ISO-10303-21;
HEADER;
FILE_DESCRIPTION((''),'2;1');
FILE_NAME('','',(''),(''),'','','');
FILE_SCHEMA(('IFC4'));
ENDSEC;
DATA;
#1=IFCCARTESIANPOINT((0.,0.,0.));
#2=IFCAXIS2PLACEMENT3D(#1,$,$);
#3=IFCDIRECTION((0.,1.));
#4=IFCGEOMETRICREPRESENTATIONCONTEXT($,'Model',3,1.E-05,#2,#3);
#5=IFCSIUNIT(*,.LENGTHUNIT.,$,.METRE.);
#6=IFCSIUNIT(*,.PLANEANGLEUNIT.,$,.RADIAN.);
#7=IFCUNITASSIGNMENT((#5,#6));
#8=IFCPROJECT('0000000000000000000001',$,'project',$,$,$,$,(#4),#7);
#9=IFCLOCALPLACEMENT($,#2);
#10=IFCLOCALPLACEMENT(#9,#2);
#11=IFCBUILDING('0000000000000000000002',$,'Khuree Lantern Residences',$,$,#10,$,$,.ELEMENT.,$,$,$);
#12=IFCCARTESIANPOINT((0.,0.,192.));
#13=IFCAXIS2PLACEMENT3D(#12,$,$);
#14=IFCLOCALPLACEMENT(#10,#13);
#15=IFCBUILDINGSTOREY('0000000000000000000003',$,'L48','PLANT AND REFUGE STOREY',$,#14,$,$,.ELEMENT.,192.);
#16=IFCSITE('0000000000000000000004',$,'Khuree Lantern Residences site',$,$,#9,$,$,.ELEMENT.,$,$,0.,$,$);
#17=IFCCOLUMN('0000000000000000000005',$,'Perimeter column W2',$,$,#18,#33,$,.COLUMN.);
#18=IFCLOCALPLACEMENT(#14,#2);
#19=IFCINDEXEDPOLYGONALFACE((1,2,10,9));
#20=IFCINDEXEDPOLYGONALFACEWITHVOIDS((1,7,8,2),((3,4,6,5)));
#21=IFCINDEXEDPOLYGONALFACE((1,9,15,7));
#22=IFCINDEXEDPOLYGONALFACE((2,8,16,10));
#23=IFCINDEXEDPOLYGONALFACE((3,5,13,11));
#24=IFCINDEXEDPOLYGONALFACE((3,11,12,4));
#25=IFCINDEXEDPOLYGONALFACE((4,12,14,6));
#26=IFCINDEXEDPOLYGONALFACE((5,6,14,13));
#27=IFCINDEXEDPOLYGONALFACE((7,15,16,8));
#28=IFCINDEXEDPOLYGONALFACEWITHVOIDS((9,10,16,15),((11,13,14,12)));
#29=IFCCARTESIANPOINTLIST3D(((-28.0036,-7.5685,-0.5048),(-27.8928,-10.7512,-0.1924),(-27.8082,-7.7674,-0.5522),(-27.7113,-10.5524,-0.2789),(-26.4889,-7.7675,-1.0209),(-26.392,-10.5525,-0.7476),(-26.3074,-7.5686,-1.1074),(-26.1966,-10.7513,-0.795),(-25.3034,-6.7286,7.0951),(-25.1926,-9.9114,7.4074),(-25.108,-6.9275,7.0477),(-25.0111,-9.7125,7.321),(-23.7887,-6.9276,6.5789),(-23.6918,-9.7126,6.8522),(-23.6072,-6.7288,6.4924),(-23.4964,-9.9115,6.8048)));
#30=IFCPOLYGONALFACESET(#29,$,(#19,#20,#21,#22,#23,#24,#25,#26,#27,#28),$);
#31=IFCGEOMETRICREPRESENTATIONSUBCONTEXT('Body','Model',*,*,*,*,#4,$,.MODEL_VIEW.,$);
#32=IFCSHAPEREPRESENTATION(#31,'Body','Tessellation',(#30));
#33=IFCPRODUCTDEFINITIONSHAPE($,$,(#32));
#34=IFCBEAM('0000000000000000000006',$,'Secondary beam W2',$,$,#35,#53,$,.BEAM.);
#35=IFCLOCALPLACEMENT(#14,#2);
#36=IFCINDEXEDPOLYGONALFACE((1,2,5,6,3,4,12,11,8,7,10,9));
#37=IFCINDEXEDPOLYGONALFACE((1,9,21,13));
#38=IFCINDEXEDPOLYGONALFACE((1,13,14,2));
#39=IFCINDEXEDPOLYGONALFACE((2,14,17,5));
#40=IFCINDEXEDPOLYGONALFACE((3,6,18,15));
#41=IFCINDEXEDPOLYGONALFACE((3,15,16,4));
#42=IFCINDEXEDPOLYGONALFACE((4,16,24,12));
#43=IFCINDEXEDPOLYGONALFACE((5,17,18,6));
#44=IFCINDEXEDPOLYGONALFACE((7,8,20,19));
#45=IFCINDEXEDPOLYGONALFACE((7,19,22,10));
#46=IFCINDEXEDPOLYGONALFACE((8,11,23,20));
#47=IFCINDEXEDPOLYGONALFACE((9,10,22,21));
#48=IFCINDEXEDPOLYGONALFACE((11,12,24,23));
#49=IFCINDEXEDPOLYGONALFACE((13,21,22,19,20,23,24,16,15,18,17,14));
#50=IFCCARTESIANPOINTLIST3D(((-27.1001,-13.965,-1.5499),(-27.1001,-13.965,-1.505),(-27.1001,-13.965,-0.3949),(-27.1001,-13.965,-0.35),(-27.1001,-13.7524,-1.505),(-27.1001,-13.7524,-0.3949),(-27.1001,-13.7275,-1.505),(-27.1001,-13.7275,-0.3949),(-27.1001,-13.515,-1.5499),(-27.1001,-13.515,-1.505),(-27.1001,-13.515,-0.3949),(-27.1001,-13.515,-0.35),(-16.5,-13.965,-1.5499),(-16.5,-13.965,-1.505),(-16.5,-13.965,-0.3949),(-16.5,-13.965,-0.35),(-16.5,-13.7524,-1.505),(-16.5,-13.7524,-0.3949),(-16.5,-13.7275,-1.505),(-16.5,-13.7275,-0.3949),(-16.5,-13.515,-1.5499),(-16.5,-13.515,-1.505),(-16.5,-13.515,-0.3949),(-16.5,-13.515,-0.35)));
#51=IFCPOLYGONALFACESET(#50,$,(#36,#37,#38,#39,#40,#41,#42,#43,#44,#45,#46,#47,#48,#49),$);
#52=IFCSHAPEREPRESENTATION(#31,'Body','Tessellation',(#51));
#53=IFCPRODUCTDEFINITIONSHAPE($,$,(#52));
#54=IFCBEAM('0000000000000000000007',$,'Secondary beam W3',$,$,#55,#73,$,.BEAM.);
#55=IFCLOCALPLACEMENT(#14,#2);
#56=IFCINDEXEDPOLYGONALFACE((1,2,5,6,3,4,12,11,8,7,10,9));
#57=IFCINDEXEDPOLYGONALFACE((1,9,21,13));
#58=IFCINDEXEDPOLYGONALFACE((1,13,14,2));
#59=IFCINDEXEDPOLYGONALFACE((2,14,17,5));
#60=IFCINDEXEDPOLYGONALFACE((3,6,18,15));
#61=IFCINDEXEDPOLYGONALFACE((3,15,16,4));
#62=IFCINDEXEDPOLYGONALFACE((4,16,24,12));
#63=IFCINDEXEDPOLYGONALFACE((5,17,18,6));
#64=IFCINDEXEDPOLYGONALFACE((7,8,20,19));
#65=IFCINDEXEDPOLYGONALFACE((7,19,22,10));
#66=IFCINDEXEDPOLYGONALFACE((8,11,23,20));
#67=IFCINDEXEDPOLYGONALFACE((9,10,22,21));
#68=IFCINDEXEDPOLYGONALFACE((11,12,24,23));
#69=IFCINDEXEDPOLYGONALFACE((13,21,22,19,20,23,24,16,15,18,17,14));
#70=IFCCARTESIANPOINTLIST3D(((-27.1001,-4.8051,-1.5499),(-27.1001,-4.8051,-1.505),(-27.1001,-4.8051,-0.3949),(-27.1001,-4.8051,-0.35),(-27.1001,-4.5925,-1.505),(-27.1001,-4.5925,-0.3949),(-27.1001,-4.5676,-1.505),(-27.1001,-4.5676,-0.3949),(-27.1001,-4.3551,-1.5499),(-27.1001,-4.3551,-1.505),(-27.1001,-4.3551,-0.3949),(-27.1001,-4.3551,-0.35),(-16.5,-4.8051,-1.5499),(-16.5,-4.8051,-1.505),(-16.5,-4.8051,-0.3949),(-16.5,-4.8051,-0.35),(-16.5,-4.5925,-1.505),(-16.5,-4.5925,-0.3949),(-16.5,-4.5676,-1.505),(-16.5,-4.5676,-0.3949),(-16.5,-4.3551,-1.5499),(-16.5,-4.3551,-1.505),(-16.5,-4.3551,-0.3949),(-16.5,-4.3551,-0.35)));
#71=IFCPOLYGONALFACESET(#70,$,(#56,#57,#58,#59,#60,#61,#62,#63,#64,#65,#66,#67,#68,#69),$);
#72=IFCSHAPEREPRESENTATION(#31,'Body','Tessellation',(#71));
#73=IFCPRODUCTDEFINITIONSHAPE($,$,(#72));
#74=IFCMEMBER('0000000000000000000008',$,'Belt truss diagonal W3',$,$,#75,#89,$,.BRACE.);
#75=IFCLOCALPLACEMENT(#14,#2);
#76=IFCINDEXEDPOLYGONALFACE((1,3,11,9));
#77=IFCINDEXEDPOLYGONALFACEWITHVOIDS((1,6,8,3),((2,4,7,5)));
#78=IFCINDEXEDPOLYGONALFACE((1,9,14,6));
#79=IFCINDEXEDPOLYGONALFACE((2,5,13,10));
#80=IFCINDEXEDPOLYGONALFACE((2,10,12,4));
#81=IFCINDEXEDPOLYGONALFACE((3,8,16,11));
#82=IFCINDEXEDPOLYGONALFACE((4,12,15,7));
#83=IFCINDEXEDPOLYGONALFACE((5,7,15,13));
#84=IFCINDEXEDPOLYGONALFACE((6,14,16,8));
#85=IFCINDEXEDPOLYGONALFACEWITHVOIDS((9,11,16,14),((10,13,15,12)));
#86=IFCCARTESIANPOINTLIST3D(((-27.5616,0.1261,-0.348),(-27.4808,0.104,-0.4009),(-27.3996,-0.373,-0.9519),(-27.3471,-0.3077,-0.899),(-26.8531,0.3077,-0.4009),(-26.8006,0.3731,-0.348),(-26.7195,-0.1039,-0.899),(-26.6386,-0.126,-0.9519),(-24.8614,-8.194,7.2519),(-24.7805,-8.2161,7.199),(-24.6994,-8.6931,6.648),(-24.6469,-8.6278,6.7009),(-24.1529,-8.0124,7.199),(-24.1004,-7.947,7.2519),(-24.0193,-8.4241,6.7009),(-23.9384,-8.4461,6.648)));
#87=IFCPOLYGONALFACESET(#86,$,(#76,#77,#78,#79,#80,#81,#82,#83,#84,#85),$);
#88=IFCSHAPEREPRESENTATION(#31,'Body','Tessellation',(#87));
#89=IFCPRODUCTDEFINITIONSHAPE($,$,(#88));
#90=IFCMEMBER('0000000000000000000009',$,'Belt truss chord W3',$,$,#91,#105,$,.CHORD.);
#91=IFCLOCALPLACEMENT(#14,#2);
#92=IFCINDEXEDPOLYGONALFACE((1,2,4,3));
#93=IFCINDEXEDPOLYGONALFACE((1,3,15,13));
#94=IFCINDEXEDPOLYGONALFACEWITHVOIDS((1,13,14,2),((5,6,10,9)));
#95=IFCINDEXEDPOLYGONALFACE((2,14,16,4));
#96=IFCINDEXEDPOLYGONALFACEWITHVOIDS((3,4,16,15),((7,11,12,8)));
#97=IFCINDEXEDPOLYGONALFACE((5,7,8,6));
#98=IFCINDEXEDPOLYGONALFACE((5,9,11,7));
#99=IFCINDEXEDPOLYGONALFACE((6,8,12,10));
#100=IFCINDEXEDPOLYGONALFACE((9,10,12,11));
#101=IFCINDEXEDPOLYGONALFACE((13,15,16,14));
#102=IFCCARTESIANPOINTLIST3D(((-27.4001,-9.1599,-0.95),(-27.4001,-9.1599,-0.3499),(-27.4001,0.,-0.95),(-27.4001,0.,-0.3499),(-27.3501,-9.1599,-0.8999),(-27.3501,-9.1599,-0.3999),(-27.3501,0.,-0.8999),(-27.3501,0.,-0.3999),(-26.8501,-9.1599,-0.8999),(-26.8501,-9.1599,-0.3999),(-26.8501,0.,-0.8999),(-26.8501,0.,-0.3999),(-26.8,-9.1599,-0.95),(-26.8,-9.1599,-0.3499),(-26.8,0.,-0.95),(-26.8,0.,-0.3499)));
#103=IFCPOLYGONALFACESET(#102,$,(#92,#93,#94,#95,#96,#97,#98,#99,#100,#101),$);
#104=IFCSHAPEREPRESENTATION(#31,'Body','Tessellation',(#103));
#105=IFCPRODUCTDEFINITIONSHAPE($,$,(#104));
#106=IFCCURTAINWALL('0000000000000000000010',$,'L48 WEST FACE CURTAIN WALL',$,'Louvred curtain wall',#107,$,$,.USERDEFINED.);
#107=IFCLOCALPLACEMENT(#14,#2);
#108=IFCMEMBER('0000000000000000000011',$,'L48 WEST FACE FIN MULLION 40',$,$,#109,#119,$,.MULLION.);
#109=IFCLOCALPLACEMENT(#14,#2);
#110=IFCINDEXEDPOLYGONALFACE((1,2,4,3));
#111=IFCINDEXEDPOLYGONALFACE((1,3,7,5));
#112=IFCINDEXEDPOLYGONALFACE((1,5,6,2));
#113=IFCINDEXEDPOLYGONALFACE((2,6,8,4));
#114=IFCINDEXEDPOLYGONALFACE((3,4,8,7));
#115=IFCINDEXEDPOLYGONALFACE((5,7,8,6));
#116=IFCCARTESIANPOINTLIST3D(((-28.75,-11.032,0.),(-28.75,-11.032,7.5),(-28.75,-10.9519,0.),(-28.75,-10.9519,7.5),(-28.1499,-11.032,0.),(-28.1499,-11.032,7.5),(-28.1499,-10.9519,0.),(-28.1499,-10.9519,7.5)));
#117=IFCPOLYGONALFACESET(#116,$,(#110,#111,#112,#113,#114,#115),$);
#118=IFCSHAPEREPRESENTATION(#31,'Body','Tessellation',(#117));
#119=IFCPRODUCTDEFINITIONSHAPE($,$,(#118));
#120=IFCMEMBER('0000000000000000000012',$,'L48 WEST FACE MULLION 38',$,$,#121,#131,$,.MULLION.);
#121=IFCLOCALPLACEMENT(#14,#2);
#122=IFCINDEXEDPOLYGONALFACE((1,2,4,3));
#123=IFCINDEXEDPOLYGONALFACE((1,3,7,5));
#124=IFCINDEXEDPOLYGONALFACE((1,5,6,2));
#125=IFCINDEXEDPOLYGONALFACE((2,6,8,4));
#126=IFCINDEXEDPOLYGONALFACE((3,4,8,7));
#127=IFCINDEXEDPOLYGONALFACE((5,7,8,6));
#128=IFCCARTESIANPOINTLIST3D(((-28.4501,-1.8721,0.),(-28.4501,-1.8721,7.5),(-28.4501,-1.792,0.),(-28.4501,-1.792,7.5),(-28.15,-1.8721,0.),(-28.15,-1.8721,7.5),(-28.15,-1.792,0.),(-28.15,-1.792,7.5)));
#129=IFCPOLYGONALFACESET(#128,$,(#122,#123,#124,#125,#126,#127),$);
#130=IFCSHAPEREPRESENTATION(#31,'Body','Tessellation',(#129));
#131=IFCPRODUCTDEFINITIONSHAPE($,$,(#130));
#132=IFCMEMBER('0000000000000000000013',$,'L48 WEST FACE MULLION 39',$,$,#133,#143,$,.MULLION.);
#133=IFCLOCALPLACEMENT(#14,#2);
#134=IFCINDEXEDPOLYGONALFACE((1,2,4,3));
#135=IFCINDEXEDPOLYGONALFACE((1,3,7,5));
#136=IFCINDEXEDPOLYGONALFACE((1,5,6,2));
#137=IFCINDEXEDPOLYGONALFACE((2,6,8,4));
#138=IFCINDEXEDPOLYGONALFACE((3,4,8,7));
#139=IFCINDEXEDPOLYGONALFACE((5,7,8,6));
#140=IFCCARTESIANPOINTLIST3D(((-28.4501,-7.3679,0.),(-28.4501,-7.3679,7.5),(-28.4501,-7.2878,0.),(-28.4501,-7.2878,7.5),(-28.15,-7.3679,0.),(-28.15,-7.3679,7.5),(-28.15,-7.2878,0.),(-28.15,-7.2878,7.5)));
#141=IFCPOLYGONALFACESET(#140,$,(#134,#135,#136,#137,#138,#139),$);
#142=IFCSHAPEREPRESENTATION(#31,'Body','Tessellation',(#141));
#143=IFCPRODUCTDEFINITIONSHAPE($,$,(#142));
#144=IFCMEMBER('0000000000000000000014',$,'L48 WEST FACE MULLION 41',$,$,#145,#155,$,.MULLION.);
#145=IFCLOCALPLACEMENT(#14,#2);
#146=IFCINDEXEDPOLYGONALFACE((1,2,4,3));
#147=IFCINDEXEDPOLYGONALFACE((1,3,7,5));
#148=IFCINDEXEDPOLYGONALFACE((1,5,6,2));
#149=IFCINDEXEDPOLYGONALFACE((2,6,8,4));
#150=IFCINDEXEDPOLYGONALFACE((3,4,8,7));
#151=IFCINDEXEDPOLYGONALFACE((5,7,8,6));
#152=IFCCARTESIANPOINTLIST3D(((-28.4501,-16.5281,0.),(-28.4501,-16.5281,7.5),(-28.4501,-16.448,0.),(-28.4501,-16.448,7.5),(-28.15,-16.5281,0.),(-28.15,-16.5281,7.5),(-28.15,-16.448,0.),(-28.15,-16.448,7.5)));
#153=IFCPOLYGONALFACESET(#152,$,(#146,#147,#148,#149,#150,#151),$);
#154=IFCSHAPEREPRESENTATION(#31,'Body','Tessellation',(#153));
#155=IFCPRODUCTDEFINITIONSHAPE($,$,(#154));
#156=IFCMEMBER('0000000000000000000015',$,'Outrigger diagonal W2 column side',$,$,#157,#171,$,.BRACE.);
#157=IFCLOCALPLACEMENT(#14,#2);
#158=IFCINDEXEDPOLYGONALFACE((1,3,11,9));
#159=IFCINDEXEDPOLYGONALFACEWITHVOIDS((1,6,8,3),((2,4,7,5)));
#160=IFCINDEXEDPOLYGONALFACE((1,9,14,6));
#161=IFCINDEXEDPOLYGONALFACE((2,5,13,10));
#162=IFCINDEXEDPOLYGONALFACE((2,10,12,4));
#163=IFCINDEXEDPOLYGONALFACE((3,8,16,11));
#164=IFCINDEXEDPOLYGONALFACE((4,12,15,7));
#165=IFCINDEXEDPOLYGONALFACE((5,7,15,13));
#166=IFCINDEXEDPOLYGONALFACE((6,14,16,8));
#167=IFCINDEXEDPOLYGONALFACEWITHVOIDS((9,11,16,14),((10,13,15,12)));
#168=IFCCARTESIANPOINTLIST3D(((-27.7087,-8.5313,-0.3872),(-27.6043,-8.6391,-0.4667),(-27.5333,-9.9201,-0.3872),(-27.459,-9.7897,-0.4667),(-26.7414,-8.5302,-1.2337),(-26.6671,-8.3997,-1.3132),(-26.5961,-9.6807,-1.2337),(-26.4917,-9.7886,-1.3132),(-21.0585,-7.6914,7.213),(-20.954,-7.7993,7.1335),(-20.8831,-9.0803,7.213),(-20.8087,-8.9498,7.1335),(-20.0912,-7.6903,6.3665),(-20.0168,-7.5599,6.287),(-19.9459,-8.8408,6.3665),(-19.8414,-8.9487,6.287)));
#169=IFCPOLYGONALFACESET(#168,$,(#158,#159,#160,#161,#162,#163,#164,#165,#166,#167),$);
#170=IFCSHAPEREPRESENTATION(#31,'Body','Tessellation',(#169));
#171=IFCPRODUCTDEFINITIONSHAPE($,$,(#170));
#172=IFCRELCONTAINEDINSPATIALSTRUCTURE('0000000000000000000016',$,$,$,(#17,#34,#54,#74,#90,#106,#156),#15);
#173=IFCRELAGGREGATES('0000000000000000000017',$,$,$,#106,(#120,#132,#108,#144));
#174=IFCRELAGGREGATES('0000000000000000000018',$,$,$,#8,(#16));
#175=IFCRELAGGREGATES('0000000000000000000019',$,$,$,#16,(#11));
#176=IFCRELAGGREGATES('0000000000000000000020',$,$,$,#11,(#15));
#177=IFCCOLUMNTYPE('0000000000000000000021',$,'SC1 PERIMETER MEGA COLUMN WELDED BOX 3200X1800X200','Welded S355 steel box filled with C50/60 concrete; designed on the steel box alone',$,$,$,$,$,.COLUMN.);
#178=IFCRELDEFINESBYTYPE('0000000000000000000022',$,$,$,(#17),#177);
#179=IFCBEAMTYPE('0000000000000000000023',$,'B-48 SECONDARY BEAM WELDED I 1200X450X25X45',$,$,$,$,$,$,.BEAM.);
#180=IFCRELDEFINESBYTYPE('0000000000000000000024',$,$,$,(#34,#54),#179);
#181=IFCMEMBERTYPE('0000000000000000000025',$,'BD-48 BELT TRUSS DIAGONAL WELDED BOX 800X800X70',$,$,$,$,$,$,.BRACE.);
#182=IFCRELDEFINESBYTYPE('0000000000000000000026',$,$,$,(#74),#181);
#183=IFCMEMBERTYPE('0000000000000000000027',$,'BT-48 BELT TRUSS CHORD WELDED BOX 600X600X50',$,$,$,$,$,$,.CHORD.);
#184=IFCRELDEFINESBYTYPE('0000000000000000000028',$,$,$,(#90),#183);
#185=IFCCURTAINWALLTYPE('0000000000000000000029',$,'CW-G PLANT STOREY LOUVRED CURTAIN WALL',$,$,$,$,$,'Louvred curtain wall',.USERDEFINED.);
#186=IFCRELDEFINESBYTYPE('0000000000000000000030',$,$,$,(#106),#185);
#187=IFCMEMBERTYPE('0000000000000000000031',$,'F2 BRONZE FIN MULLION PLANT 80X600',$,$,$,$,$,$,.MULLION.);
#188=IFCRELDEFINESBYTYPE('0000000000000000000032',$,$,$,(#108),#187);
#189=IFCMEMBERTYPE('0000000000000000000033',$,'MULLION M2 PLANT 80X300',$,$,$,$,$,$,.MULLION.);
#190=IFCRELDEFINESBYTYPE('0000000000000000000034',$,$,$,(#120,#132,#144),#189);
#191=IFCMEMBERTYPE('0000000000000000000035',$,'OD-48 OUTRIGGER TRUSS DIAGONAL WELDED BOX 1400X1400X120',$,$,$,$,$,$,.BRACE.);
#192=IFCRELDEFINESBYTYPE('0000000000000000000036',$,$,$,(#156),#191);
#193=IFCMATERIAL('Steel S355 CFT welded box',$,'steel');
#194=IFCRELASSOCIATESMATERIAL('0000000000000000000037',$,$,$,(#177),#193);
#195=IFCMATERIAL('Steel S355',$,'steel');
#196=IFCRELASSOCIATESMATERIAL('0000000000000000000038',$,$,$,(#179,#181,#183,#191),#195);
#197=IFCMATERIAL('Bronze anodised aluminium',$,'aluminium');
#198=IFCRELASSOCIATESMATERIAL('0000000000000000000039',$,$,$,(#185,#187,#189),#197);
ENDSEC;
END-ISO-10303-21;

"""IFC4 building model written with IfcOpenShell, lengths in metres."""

from ifc_helpers import new_model, si_unit, direction, frame, origin, origin_2d, place, context, subcontext, project, spatial, rectangle, hollow_rectangle, i_section, extrude, material, material_profile, profile_set, type_object, element, aggregate, save


model = new_model("IFC4")

# Units and contexts
model_context = context("Model", 3, precision=1e-05, world=origin(), true_north=direction((0.0, 1.0)))
body_context = subcontext(model_context, "Body", "Model", "MODEL_VIEW")
ifc_project = project(units=[si_unit("LENGTHUNIT", "METRE"), si_unit("PLANEANGLEUNIT", "RADIAN")], contexts=[model_context])

# Site, building, storey
site_placement = place(None, origin())
site = spatial("IfcSite", under=ifc_project, at=site_placement, Name="Khuree Lantern Residences site", CompositionType="ELEMENT", RefElevation=0.0)
building_placement = place(site_placement, origin())
building = spatial("IfcBuilding", under=site, at=building_placement, Name="Khuree Lantern Residences", CompositionType="ELEMENT")
storey_placement = place(building_placement, frame((0.0, 0.0, 192.0)))
storey = spatial("IfcBuildingStorey", under=building, at=storey_placement, Name="L48", Description="PLANT AND REFUGE STOREY", CompositionType="ELEMENT", Elevation=192.0)

# Column
ifc_material_1 = material(Name="Steel S355 CFT welded box", Category="steel")
ifc_material_profile_1 = material_profile(ifc_material_1, hollow_rectangle(XDim=3.2, YDim=1.8, WallThickness=0.2, at=origin_2d()), Name="WELDED BOX 3200X1800X200")
ifc_profile_set_1 = profile_set([ifc_material_profile_1], Name="Steel S355 CFT welded box")
column_type = type_object("IfcColumnType", Name="SC1 PERIMETER MEGA COLUMN WELDED BOX 3200X1800X200", Description="Welded S355 steel box filled with C50/60 concrete; designed on the steel box alone", PredefinedType="COLUMN", material=ifc_profile_set_1)
column_placement = place(storey_placement, frame((-27.1001, -9.1599, -0.6499), z_axis=(0.332992, 0.103571, 0.937224), x_axis=(-0.034607, 0.994622, -0.097618)))
element("IfcColumn", 1, at=column_placement, inside=storey, type_object=column_type, Name="Perimeter column W2", PredefinedType="COLUMN", context=body_context, shape_type="SweptSolid", body=[
    extrude(hollow_rectangle(XDim=3.2, YDim=1.8, WallThickness=0.2, at=origin_2d()), origin(), (0.0, 0.0, 1.0), 8.1089),
])

# Beams
ifc_material_2 = material(Name="Steel S355", Category="steel")
ifc_material_profile_2 = material_profile(ifc_material_2, i_section(OverallWidth=0.45, OverallDepth=1.2, WebThickness=0.0249, FlangeThickness=0.0449, at=origin_2d()), Name="WELDED I 1200X450X25X45")
ifc_profile_set_2 = profile_set([ifc_material_profile_2], Name="Steel S355")
beam_type = type_object("IfcBeamType", Name="B-48 SECONDARY BEAM WELDED I 1200X450X25X45", PredefinedType="BEAM", material=ifc_profile_set_2)
for number, where, z_axis, x_axis, name in (
    (2, (-27.1001, -13.74, -0.95), (1.0, 0.0, 0.0), (0.0, 1.0, 0.0), "Secondary beam W2"),
    (3, (-27.1001, -4.5801, -0.95), (1.0, 0.0, 0.0), (0.0, 1.0, 0.0), "Secondary beam W3"),
):
    element("IfcBeam", number, at=place(storey_placement, frame(where, z_axis=z_axis, x_axis=x_axis)), inside=storey, type_object=beam_type, Name=name, PredefinedType="BEAM", context=body_context, shape_type="SweptSolid", body=[
        extrude(i_section(OverallWidth=0.45, OverallDepth=1.2, WebThickness=0.0249, FlangeThickness=0.0449, at=origin_2d()), origin(), (0.0, 0.0, 1.0), 10.6001),
    ])

# Members
ifc_material_profile_3 = material_profile(ifc_material_2, hollow_rectangle(XDim=0.8, YDim=0.8, WallThickness=0.0701, at=origin_2d()), Name="WELDED BOX 800X800X70")
ifc_profile_set_3 = profile_set([ifc_material_profile_3], Name="Steel S355")
member_type_1 = type_object("IfcMemberType", Name="BD-48 BELT TRUSS DIAGONAL WELDED BOX 800X800X70", PredefinedType="BRACE", material=ifc_profile_set_3)
member_1_placement = place(storey_placement, frame((-24.3999, -8.3201, 6.95), z_axis=(-0.233025, 0.718015, -0.655861), x_axis=(-0.951163, -0.30869, 0.0)))
element("IfcMember", 4, at=member_1_placement, inside=storey, type_object=member_type_1, Name="Belt truss diagonal W3", PredefinedType="BRACE", context=body_context, shape_type="SweptSolid", body=[
    extrude(hollow_rectangle(XDim=0.8, YDim=0.8, WallThickness=0.0701, at=origin_2d()), origin(), (0.0, 0.0, 1.0), 11.5876),
])
ifc_material_profile_4 = material_profile(ifc_material_2, hollow_rectangle(XDim=0.6001, YDim=0.6001, WallThickness=0.05, at=origin_2d()), Name="WELDED BOX 600X600X50")
ifc_profile_set_4 = profile_set([ifc_material_profile_4], Name="Steel S355")
member_type_2 = type_object("IfcMemberType", Name="BT-48 BELT TRUSS CHORD WELDED BOX 600X600X50", PredefinedType="CHORD", material=ifc_profile_set_4)
member_2_placement = place(storey_placement, frame((-27.1001, -9.1599, -0.6499), z_axis=(0.0, 1.0, 0.0), x_axis=(-1.0, 0.0, 0.0)))
element("IfcMember", 5, at=member_2_placement, inside=storey, type_object=member_type_2, Name="Belt truss chord W3", PredefinedType="CHORD", context=body_context, shape_type="SweptSolid", body=[
    extrude(hollow_rectangle(XDim=0.6001, YDim=0.6001, WallThickness=0.05, at=origin_2d()), origin(), (0.0, 0.0, 1.0), 9.1599),
])

# Curtain wall, members
ifc_material_3 = material(Name="Bronze anodised aluminium", Category="aluminium")
curtain_wall_type = type_object("IfcCurtainWallType", Name="CW-G PLANT STOREY LOUVRED CURTAIN WALL", ElementType="Louvred curtain wall", PredefinedType="USERDEFINED", material=ifc_material_3)
curtain_wall_placement = place(storey_placement, origin())
curtain_wall = element("IfcCurtainWall", 6, at=curtain_wall_placement, inside=storey, type_object=curtain_wall_type, Name="L48 WEST FACE CURTAIN WALL", ObjectType="Louvred curtain wall", PredefinedType="USERDEFINED")
ifc_material_profile_5 = material_profile(ifc_material_3, rectangle(XDim=0.0801, YDim=0.6001, at=origin_2d()), Name="F2 80X600")
ifc_profile_set_5 = profile_set([ifc_material_profile_5], Name="Bronze anodised aluminium")
member_type_3 = type_object("IfcMemberType", Name="F2 BRONZE FIN MULLION PLANT 80X600", PredefinedType="MULLION", material=ifc_profile_set_5)
member_3_placement = place(storey_placement, frame((-28.45, -10.9919, 0.0), z_axis=(0.0, 0.0, 1.0), x_axis=(0.0, -1.0, 0.0)))
member_3 = element("IfcMember", 7, at=member_3_placement, type_object=member_type_3, Name="L48 WEST FACE FIN MULLION 40", PredefinedType="MULLION", context=body_context, shape_type="SweptSolid", body=[
    extrude(rectangle(XDim=0.0801, YDim=0.6001, at=origin_2d()), origin(), (0.0, 0.0, 1.0), 7.5),
])
ifc_material_profile_6 = material_profile(ifc_material_3, rectangle(XDim=0.0801, YDim=0.3, at=origin_2d()), Name="M2 80X300")
ifc_profile_set_6 = profile_set([ifc_material_profile_6], Name="Bronze anodised aluminium")
member_type_4 = type_object("IfcMemberType", Name="MULLION M2 PLANT 80X300", PredefinedType="MULLION", material=ifc_profile_set_6)
member_4_placement = place(storey_placement, frame((-28.3, -1.832, 0.0), z_axis=(0.0, 0.0, 1.0), x_axis=(0.0, -1.0, 0.0)))
member_4 = element("IfcMember", 8, at=member_4_placement, type_object=member_type_4, Name="L48 WEST FACE MULLION 38", PredefinedType="MULLION", context=body_context, shape_type="SweptSolid", body=[
    extrude(rectangle(XDim=0.0801, YDim=0.3, at=origin_2d()), origin(), (0.0, 0.0, 1.0), 7.5),
])
member_5_placement = place(storey_placement, frame((-28.3, -7.3279, 0.0), z_axis=(0.0, 0.0, 1.0), x_axis=(0.0, -1.0, 0.0)))
member_5 = element("IfcMember", 9, at=member_5_placement, type_object=member_type_4, Name="L48 WEST FACE MULLION 39", PredefinedType="MULLION", context=body_context, shape_type="SweptSolid", body=[
    extrude(rectangle(XDim=0.0801, YDim=0.3, at=origin_2d()), origin(), (0.0, 0.0, 1.0), 7.5),
])
member_6_placement = place(storey_placement, frame((-28.3, -16.488, 0.0), z_axis=(0.0, 0.0, 1.0), x_axis=(0.0, -1.0, 0.0)))
member_6 = element("IfcMember", 10, at=member_6_placement, type_object=member_type_4, Name="L48 WEST FACE MULLION 41", PredefinedType="MULLION", context=body_context, shape_type="SweptSolid", body=[
    extrude(rectangle(XDim=0.0801, YDim=0.3, at=origin_2d()), origin(), (0.0, 0.0, 1.0), 7.5),
])

# Member
ifc_material_profile_7 = material_profile(ifc_material_2, hollow_rectangle(XDim=1.3999, YDim=1.3999, WallThickness=0.1201, at=origin_2d()), Name="WELDED BOX 1400X1400X120")
ifc_profile_set_7 = profile_set([ifc_material_profile_7], Name="Steel S355")
member_type_5 = type_object("IfcMemberType", Name="OD-48 OUTRIGGER TRUSS DIAGONAL WELDED BOX 1400X1400X120", PredefinedType="BRACE", material=ifc_profile_set_7)
member_7_placement = place(storey_placement, frame((-20.45, -8.3201, 6.75), z_axis=(-0.656243, -0.082877, -0.749985), x_axis=(0.125294, -0.99212, 0.0)))
element("IfcMember", 11, at=member_7_placement, inside=storey, type_object=member_type_5, Name="Outrigger diagonal W2 column side", PredefinedType="BRACE", context=body_context, shape_type="SweptSolid", body=[
    extrude(hollow_rectangle(XDim=1.3999, YDim=1.3999, WallThickness=0.1201, at=origin_2d()), origin(), (0.0, 0.0, 1.0), 10.1338),
])

aggregate(curtain_wall, [member_4, member_5, member_3, member_6])

save(model, "model.ifc")
